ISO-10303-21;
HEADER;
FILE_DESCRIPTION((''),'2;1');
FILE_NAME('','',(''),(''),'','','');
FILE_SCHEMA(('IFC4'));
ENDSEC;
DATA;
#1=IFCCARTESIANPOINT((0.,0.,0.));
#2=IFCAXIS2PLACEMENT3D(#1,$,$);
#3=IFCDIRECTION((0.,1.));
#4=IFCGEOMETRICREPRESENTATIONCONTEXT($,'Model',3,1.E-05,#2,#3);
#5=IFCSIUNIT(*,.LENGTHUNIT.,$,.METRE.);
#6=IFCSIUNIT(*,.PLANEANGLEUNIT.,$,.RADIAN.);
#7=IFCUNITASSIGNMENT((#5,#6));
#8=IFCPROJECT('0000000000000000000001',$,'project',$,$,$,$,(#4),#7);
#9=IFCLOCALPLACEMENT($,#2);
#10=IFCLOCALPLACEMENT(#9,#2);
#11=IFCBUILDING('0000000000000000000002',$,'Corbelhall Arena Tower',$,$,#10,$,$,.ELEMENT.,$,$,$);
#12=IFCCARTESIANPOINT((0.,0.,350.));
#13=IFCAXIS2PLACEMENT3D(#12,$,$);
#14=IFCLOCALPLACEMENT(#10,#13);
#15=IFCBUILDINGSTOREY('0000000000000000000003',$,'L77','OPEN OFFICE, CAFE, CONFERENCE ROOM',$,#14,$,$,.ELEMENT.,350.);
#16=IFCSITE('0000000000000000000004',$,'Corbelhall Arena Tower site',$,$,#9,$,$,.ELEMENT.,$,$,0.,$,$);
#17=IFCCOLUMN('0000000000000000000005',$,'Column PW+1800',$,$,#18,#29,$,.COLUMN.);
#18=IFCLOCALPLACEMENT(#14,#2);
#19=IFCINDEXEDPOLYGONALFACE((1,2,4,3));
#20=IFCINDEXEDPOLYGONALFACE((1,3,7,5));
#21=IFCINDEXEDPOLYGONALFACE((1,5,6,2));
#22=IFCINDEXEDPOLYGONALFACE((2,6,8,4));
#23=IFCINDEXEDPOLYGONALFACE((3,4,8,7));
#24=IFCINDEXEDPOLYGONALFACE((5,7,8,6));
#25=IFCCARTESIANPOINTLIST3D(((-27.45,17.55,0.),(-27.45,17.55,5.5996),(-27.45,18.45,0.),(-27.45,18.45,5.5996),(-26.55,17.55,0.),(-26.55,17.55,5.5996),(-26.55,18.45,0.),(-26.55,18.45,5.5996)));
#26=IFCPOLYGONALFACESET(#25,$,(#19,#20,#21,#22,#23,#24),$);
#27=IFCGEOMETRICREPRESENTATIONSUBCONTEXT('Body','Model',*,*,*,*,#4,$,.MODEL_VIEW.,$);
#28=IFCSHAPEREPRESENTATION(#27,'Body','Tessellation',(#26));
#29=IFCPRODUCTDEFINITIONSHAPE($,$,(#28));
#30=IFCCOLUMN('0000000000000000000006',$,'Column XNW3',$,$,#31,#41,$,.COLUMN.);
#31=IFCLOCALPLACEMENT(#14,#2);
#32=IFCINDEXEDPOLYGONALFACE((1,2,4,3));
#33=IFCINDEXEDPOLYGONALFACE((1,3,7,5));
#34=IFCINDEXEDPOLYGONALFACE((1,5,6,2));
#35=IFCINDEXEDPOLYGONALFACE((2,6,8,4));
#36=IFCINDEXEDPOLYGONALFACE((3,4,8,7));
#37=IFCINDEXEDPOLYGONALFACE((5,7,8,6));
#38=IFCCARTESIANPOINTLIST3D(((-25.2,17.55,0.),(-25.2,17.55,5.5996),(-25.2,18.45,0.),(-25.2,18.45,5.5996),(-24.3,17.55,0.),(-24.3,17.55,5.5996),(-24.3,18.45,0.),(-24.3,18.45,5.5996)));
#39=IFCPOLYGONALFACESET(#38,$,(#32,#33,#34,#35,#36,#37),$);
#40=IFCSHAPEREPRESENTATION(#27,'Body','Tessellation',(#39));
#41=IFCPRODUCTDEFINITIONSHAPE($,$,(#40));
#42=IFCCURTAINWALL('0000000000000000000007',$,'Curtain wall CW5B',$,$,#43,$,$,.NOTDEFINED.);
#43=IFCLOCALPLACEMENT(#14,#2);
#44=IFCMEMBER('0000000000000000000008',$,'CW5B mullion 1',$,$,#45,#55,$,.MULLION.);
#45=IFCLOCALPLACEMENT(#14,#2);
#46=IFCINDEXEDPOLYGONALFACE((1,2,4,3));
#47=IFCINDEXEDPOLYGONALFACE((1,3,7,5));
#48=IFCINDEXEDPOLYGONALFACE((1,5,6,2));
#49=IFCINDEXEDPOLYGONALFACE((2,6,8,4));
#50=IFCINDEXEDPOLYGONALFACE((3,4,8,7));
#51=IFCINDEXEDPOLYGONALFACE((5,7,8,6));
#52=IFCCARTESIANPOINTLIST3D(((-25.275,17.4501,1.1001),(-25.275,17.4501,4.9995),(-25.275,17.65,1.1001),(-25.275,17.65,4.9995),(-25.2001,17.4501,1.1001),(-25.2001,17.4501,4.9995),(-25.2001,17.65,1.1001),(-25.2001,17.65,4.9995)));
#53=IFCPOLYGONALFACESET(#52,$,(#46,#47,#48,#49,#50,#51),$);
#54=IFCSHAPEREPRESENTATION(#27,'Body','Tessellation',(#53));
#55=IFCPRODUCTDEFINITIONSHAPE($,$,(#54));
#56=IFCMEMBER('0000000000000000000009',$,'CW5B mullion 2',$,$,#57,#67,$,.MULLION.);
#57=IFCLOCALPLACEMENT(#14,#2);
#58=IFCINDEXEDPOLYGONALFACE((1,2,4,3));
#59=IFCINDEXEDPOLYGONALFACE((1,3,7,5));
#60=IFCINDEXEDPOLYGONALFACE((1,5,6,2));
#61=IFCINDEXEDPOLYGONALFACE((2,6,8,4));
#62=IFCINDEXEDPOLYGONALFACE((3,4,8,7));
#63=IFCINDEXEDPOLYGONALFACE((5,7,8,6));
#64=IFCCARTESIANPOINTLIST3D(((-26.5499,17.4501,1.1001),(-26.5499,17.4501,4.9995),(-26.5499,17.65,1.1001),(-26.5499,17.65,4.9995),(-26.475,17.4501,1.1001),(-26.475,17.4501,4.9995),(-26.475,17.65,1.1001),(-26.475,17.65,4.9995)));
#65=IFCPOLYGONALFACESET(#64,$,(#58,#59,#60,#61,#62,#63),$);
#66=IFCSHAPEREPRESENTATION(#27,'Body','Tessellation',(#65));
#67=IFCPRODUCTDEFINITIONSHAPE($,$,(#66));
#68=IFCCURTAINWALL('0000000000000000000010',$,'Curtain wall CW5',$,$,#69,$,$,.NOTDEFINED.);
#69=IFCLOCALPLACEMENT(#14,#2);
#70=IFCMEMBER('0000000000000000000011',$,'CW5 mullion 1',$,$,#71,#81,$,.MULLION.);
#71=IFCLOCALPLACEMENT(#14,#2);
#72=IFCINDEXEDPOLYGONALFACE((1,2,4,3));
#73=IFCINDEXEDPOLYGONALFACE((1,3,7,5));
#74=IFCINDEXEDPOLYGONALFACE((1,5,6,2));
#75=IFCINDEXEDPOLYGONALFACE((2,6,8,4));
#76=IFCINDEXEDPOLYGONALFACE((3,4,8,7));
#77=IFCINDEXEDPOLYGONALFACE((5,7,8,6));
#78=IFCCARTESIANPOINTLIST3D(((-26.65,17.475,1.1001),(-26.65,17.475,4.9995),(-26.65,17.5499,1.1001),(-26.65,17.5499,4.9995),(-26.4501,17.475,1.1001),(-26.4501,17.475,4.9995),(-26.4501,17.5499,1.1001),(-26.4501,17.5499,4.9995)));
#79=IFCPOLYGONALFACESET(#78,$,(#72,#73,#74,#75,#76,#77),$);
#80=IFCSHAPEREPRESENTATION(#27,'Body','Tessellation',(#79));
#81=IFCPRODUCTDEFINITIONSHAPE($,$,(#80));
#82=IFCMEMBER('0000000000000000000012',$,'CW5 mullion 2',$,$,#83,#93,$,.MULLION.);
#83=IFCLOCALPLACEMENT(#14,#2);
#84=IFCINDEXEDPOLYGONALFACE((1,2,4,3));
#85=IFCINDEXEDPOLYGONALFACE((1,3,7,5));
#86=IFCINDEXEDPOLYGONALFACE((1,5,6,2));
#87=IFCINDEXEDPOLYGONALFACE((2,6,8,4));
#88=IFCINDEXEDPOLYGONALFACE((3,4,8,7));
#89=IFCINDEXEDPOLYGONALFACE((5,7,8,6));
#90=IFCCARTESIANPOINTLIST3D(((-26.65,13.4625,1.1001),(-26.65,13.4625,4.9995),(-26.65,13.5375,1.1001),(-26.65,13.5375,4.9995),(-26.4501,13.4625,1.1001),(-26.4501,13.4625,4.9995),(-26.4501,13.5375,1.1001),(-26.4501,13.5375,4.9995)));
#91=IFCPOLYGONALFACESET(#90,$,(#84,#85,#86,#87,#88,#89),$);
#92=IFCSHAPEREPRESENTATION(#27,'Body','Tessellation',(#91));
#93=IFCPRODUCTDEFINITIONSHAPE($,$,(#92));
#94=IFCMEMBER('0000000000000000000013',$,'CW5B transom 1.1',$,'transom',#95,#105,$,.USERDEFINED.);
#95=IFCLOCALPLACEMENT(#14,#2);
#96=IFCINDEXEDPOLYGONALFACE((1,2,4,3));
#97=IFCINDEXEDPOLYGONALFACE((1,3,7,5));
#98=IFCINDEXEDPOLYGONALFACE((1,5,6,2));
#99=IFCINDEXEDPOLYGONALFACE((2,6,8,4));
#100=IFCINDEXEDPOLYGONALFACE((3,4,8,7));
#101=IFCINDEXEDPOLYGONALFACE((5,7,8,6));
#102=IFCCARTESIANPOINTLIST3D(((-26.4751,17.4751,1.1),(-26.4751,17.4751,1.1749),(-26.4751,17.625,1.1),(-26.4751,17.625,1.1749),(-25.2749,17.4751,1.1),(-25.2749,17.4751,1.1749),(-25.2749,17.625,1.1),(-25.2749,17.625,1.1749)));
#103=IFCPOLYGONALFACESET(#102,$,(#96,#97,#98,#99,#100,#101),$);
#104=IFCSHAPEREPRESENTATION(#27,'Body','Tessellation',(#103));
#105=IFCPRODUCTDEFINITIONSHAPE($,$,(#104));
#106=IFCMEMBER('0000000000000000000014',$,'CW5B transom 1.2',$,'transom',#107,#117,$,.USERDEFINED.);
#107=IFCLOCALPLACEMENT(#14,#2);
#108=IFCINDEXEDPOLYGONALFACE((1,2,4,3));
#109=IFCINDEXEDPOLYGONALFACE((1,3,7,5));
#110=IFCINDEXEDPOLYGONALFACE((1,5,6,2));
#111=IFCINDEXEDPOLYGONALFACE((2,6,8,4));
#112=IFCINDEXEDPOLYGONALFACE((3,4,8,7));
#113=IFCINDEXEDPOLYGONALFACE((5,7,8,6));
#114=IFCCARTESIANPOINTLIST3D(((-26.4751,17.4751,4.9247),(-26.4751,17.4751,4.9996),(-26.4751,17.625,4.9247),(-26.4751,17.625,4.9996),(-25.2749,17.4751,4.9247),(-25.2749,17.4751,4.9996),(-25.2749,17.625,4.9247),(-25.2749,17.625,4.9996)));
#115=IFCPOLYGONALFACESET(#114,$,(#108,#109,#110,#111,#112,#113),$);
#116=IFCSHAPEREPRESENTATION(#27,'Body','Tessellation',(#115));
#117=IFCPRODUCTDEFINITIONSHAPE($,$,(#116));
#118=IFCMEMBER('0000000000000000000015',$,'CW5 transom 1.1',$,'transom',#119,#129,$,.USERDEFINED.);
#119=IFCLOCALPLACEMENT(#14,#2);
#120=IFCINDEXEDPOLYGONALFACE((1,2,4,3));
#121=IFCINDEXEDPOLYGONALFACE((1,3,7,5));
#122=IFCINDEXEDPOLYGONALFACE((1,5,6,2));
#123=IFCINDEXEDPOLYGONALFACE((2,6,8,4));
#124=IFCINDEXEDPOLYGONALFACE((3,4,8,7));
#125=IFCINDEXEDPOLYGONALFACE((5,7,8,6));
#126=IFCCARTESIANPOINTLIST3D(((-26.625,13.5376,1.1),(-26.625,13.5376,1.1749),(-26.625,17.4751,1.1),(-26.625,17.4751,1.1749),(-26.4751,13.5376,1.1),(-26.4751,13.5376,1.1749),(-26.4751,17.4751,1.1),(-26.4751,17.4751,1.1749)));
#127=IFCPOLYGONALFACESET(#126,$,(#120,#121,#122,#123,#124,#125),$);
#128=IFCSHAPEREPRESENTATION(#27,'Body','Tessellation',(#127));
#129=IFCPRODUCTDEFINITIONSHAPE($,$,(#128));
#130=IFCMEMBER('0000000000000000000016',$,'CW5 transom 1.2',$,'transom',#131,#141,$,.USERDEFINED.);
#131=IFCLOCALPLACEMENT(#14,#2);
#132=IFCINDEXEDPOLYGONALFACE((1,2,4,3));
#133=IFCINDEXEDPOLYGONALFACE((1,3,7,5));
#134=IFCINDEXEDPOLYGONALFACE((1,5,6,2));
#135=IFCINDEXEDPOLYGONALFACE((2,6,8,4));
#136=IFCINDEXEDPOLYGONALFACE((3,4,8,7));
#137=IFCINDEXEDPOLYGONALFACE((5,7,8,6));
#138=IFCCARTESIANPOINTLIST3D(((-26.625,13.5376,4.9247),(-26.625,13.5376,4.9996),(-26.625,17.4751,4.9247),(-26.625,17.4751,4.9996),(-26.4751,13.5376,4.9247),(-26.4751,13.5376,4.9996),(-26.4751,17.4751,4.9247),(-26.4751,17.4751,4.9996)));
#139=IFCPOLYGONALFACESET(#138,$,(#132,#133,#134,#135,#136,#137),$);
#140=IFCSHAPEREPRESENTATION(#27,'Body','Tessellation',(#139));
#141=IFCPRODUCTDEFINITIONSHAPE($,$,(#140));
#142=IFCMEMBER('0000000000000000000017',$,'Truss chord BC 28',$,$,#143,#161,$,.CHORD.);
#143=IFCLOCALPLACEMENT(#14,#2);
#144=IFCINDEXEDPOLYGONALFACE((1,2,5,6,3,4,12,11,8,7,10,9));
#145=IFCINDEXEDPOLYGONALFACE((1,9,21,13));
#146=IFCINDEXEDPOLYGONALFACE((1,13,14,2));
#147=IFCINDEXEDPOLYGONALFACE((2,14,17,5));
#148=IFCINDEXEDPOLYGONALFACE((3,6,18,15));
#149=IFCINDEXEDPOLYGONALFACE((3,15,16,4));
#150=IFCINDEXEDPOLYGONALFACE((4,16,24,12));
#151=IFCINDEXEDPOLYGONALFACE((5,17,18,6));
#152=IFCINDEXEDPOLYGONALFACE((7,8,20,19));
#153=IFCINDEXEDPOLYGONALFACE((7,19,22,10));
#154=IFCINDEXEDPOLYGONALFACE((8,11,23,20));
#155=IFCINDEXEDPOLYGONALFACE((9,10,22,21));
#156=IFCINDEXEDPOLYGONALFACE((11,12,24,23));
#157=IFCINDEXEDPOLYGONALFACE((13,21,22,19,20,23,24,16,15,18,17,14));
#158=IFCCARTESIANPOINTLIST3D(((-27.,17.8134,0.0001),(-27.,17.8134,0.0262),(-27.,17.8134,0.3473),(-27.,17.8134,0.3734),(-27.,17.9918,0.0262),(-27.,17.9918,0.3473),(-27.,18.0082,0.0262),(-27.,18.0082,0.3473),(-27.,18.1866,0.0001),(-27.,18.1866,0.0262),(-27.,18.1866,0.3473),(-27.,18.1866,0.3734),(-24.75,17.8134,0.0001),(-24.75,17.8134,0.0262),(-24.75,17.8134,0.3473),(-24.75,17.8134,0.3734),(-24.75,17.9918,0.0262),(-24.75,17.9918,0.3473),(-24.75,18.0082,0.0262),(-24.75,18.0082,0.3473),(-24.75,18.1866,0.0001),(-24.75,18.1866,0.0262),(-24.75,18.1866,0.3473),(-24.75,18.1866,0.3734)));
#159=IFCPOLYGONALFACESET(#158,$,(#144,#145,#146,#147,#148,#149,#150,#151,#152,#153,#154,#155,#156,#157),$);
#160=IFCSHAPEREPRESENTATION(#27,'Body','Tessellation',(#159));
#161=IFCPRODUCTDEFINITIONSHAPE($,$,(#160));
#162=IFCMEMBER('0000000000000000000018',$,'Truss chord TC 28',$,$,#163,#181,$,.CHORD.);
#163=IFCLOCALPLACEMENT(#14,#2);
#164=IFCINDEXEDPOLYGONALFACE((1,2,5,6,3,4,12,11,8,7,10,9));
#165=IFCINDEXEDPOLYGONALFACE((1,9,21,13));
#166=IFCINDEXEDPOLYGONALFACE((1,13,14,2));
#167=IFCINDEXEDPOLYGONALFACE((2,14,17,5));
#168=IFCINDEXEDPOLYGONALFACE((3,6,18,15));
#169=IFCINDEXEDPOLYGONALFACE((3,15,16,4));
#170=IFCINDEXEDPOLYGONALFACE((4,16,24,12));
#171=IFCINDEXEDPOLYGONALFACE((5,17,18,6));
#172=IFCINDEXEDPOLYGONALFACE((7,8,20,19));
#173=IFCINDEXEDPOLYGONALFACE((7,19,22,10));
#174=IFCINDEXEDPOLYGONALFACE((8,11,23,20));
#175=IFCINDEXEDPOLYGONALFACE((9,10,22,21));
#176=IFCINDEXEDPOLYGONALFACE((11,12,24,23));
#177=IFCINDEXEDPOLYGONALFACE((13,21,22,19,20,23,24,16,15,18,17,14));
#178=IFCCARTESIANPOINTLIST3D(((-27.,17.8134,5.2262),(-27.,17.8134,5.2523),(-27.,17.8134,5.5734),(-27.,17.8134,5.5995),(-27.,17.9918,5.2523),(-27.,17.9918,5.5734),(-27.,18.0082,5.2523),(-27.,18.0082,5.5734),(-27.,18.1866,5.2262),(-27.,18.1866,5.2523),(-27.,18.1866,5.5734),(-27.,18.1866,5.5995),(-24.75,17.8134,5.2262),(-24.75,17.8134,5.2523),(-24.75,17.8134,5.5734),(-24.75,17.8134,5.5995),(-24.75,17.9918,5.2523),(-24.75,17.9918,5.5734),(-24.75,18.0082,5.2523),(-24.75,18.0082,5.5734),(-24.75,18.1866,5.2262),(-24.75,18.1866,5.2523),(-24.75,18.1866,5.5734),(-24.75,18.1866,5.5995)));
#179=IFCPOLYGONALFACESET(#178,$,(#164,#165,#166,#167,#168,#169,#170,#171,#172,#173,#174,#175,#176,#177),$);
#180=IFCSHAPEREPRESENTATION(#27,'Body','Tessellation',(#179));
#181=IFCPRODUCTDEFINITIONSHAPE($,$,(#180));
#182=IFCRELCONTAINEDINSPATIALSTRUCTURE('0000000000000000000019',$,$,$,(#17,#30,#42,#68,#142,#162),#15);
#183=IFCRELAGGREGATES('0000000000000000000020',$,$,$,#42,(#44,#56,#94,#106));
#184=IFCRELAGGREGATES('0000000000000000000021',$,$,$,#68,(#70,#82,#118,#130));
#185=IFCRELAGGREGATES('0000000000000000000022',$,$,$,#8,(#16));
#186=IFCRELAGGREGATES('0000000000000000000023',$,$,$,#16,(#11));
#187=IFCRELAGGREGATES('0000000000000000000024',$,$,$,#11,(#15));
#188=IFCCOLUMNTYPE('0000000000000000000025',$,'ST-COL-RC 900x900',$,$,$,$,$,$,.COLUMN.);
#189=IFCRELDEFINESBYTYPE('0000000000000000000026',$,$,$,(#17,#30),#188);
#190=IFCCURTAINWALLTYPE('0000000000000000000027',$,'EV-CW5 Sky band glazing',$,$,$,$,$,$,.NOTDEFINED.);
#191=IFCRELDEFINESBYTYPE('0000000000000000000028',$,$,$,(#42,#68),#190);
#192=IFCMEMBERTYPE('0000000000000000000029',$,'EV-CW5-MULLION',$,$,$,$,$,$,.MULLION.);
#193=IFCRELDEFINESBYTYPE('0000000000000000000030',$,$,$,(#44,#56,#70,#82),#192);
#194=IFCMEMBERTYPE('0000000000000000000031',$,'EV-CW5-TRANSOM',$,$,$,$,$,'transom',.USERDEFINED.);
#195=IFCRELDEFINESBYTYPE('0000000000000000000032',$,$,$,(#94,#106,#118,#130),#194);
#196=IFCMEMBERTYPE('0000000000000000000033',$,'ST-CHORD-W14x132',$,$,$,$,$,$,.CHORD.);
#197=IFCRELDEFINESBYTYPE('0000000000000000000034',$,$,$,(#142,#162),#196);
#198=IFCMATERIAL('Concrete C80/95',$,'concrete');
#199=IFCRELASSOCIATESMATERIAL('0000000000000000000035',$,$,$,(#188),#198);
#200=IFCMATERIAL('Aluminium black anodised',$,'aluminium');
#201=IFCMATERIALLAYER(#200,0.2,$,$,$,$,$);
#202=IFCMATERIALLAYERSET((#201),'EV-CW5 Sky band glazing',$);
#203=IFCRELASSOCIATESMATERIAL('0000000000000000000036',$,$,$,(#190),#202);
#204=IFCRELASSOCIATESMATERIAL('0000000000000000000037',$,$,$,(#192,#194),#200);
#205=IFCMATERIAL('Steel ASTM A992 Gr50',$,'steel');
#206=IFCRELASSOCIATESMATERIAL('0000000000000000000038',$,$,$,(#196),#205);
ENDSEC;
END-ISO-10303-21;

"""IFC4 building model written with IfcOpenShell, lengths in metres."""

from ifc_helpers import new_model, si_unit, direction, frame, origin, origin_2d, place, context, subcontext, project, spatial, rectangle, i_section, extrude, material, layer, layer_set, material_profile, profile_set, type_object, element, aggregate, save


model = new_model("IFC4")

# Units and contexts
model_context = context("Model", 3, precision=1e-05, world=origin(), true_north=direction((0.0, 1.0)))
body_context = subcontext(model_context, "Body", "Model", "MODEL_VIEW")
ifc_project = project(units=[si_unit("LENGTHUNIT", "METRE"), si_unit("PLANEANGLEUNIT", "RADIAN")], contexts=[model_context])

# Site, building, storey
site_placement = place(None, origin())
site = spatial("IfcSite", under=ifc_project, at=site_placement, Name="Corbelhall Arena Tower site", CompositionType="ELEMENT", RefElevation=0.0)
building_placement = place(site_placement, origin())
building = spatial("IfcBuilding", under=site, at=building_placement, Name="Corbelhall Arena Tower", CompositionType="ELEMENT")
storey_placement = place(building_placement, frame((0.0, 0.0, 350.0)))
storey = spatial("IfcBuildingStorey", under=building, at=storey_placement, Name="L77", Description="OPEN OFFICE, CAFE, CONFERENCE ROOM", CompositionType="ELEMENT", Elevation=350.0)

# Columns
ifc_material_1 = material(Name="Concrete C80/95", Category="concrete")
ifc_material_profile_1 = material_profile(ifc_material_1, rectangle(XDim=0.8999, YDim=0.8999, at=origin_2d()))
ifc_profile_set_1 = profile_set([ifc_material_profile_1], Name="Concrete C80/95")
column_type = type_object("IfcColumnType", Name="ST-COL-RC 900x900", PredefinedType="COLUMN", material=ifc_profile_set_1)
for number, where, z_axis, x_axis, name in (
    (1, (-27.0, 18.0, 0.0), (0.0, 0.0, 1.0), (0.0, 1.0, 0.0), "Column PW+1800"),
    (2, (-24.75, 18.0, 0.0), (0.0, 0.0, 1.0), (1.0, 0.0, 0.0), "Column XNW3"),
):
    element("IfcColumn", number, at=place(storey_placement, frame(where, z_axis=z_axis, x_axis=x_axis)), inside=storey, type_object=column_type, Name=name, PredefinedType="COLUMN", context=body_context, shape_type="SweptSolid", body=[
        extrude(rectangle(XDim=0.8999, YDim=0.8999, at=origin_2d()), origin(), (0.0, 0.0, 1.0), 5.5996),
    ])

# Curtain walls, members
ifc_material_2 = material(Name="Aluminium black anodised", Category="aluminium")
ifc_layer_1 = layer(ifc_material_2, 0.2)
ifc_layer_set_1 = layer_set([ifc_layer_1], Name="EV-CW5 Sky band glazing")
curtain_wall_type = type_object("IfcCurtainWallType", Name="EV-CW5 Sky band glazing", PredefinedType="NOTDEFINED", material=ifc_layer_set_1)
curtain_wall_1_placement = place(storey_placement, origin())
curtain_wall_1 = element("IfcCurtainWall", 3, at=curtain_wall_1_placement, inside=storey, type_object=curtain_wall_type, Name="Curtain wall CW5B", PredefinedType="NOTDEFINED")
ifc_material_profile_2 = material_profile(ifc_material_2, rectangle(XDim=0.2, YDim=0.075, at=origin_2d()))
ifc_profile_set_2 = profile_set([ifc_material_profile_2], Name="Aluminium black anodised")
member_type_1 = type_object("IfcMemberType", Name="EV-CW5-MULLION", PredefinedType="MULLION", material=ifc_profile_set_2)
member_1_placement = place(storey_placement, frame((-25.2375, 17.55, 1.1001), z_axis=(0.0, 0.0, 1.0), x_axis=(0.0, -1.0, 0.0)))
member_1 = element("IfcMember", 4, at=member_1_placement, type_object=member_type_1, Name="CW5B mullion 1", PredefinedType="MULLION", context=body_context, shape_type="SweptSolid", body=[
    extrude(rectangle(XDim=0.2, YDim=0.075, at=origin_2d()), origin(), (0.0, 0.0, 1.0), 3.8994),
])
member_2_placement = place(storey_placement, frame((-26.5125, 17.55, 1.1001), z_axis=(0.0, 0.0, 1.0), x_axis=(0.0, -1.0, 0.0)))
member_2 = element("IfcMember", 5, at=member_2_placement, type_object=member_type_1, Name="CW5B mullion 2", PredefinedType="MULLION", context=body_context, shape_type="SweptSolid", body=[
    extrude(rectangle(XDim=0.2, YDim=0.075, at=origin_2d()), origin(), (0.0, 0.0, 1.0), 3.8994),
])
curtain_wall_2_placement = place(storey_placement, origin())
curtain_wall_2 = element("IfcCurtainWall", 6, at=curtain_wall_2_placement, inside=storey, type_object=curtain_wall_type, Name="Curtain wall CW5", PredefinedType="NOTDEFINED")
member_3_placement = place(storey_placement, frame((-26.55, 17.5125, 1.1001), z_axis=(0.0, 0.0, 1.0), x_axis=(1.0, 0.0, 0.0)))
member_3 = element("IfcMember", 7, at=member_3_placement, type_object=member_type_1, Name="CW5 mullion 1", PredefinedType="MULLION", context=body_context, shape_type="SweptSolid", body=[
    extrude(rectangle(XDim=0.2, YDim=0.075, at=origin_2d()), origin(), (0.0, 0.0, 1.0), 3.8994),
])
member_4_placement = place(storey_placement, frame((-26.55, 13.5, 1.1001), z_axis=(0.0, 0.0, 1.0), x_axis=(1.0, 0.0, 0.0)))
member_4 = element("IfcMember", 8, at=member_4_placement, type_object=member_type_1, Name="CW5 mullion 2", PredefinedType="MULLION", context=body_context, shape_type="SweptSolid", body=[
    extrude(rectangle(XDim=0.2, YDim=0.075, at=origin_2d()), origin(), (0.0, 0.0, 1.0), 3.8994),
])

# Members
ifc_material_profile_3 = material_profile(ifc_material_2, rectangle(XDim=0.1499, YDim=0.075, at=origin_2d()))
ifc_profile_set_3 = profile_set([ifc_material_profile_3], Name="Aluminium black anodised")
member_type_2 = type_object("IfcMemberType", Name="EV-CW5-TRANSOM", ElementType="transom", PredefinedType="USERDEFINED", material=ifc_profile_set_3)
member_5_placement = place(storey_placement, frame((-25.2749, 17.55, 1.1375), z_axis=(-1.0, 0.0, 0.0), x_axis=(0.0, -1.0, 0.0)))
member_5 = element("IfcMember", 9, at=member_5_placement, type_object=member_type_2, Name="CW5B transom 1.1", ObjectType="transom", PredefinedType="USERDEFINED", context=body_context, shape_type="SweptSolid", body=[
    extrude(rectangle(XDim=0.1499, YDim=0.075, at=origin_2d()), origin(), (0.0, 0.0, 1.0), 1.2002),
])
member_6_placement = place(storey_placement, frame((-25.2749, 17.55, 4.9622), z_axis=(-1.0, 0.0, 0.0), x_axis=(0.0, -1.0, 0.0)))
member_6 = element("IfcMember", 10, at=member_6_placement, type_object=member_type_2, Name="CW5B transom 1.2", ObjectType="transom", PredefinedType="USERDEFINED", context=body_context, shape_type="SweptSolid", body=[
    extrude(rectangle(XDim=0.1499, YDim=0.075, at=origin_2d()), origin(), (0.0, 0.0, 1.0), 1.2002),
])
member_7_placement = place(storey_placement, frame((-26.55, 17.4751, 1.1375), z_axis=(0.0, -1.0, 0.0), x_axis=(1.0, 0.0, 0.0)))
member_7 = element("IfcMember", 11, at=member_7_placement, type_object=member_type_2, Name="CW5 transom 1.1", ObjectType="transom", PredefinedType="USERDEFINED", context=body_context, shape_type="SweptSolid", body=[
    extrude(rectangle(XDim=0.1499, YDim=0.075, at=origin_2d()), origin(), (0.0, 0.0, 1.0), 3.9375),
])
member_8_placement = place(storey_placement, frame((-26.55, 17.4751, 4.9622), z_axis=(0.0, -1.0, 0.0), x_axis=(1.0, 0.0, 0.0)))
member_8 = element("IfcMember", 12, at=member_8_placement, type_object=member_type_2, Name="CW5 transom 1.2", ObjectType="transom", PredefinedType="USERDEFINED", context=body_context, shape_type="SweptSolid", body=[
    extrude(rectangle(XDim=0.1499, YDim=0.075, at=origin_2d()), origin(), (0.0, 0.0, 1.0), 3.9375),
])

# Members
ifc_material_3 = material(Name="Steel ASTM A992 Gr50", Category="steel")
ifc_material_profile_4 = material_profile(ifc_material_3, i_section(OverallWidth=0.3733, OverallDepth=0.3733, WebThickness=0.0164, FlangeThickness=0.0261, at=origin_2d()))
ifc_profile_set_4 = profile_set([ifc_material_profile_4], Name="Steel ASTM A992 Gr50")
member_type_3 = type_object("IfcMemberType", Name="ST-CHORD-W14x132", PredefinedType="CHORD", material=ifc_profile_set_4)
for number, where, z_axis, x_axis, name in (
    (13, (-27.0, 18.0, 0.1868), (1.0, 0.0, 0.0), (0.0, 1.0, 0.0), "Truss chord BC 28"),
    (14, (-27.0, 18.0, 5.4128), (1.0, 0.0, 0.0), (0.0, 1.0, 0.0), "Truss chord TC 28"),
):
    element("IfcMember", number, at=place(storey_placement, frame(where, z_axis=z_axis, x_axis=x_axis)), inside=storey, type_object=member_type_3, Name=name, PredefinedType="CHORD", context=body_context, shape_type="SweptSolid", body=[
        extrude(i_section(OverallWidth=0.3733, OverallDepth=0.3733, WebThickness=0.0164, FlangeThickness=0.0261, at=origin_2d()), origin(), (0.0, 0.0, 1.0), 2.25),
    ])

aggregate(curtain_wall_1, [member_1, member_2, member_5, member_6])
aggregate(curtain_wall_2, [member_3, member_4, member_7, member_8])

save(model, "model.ifc")
